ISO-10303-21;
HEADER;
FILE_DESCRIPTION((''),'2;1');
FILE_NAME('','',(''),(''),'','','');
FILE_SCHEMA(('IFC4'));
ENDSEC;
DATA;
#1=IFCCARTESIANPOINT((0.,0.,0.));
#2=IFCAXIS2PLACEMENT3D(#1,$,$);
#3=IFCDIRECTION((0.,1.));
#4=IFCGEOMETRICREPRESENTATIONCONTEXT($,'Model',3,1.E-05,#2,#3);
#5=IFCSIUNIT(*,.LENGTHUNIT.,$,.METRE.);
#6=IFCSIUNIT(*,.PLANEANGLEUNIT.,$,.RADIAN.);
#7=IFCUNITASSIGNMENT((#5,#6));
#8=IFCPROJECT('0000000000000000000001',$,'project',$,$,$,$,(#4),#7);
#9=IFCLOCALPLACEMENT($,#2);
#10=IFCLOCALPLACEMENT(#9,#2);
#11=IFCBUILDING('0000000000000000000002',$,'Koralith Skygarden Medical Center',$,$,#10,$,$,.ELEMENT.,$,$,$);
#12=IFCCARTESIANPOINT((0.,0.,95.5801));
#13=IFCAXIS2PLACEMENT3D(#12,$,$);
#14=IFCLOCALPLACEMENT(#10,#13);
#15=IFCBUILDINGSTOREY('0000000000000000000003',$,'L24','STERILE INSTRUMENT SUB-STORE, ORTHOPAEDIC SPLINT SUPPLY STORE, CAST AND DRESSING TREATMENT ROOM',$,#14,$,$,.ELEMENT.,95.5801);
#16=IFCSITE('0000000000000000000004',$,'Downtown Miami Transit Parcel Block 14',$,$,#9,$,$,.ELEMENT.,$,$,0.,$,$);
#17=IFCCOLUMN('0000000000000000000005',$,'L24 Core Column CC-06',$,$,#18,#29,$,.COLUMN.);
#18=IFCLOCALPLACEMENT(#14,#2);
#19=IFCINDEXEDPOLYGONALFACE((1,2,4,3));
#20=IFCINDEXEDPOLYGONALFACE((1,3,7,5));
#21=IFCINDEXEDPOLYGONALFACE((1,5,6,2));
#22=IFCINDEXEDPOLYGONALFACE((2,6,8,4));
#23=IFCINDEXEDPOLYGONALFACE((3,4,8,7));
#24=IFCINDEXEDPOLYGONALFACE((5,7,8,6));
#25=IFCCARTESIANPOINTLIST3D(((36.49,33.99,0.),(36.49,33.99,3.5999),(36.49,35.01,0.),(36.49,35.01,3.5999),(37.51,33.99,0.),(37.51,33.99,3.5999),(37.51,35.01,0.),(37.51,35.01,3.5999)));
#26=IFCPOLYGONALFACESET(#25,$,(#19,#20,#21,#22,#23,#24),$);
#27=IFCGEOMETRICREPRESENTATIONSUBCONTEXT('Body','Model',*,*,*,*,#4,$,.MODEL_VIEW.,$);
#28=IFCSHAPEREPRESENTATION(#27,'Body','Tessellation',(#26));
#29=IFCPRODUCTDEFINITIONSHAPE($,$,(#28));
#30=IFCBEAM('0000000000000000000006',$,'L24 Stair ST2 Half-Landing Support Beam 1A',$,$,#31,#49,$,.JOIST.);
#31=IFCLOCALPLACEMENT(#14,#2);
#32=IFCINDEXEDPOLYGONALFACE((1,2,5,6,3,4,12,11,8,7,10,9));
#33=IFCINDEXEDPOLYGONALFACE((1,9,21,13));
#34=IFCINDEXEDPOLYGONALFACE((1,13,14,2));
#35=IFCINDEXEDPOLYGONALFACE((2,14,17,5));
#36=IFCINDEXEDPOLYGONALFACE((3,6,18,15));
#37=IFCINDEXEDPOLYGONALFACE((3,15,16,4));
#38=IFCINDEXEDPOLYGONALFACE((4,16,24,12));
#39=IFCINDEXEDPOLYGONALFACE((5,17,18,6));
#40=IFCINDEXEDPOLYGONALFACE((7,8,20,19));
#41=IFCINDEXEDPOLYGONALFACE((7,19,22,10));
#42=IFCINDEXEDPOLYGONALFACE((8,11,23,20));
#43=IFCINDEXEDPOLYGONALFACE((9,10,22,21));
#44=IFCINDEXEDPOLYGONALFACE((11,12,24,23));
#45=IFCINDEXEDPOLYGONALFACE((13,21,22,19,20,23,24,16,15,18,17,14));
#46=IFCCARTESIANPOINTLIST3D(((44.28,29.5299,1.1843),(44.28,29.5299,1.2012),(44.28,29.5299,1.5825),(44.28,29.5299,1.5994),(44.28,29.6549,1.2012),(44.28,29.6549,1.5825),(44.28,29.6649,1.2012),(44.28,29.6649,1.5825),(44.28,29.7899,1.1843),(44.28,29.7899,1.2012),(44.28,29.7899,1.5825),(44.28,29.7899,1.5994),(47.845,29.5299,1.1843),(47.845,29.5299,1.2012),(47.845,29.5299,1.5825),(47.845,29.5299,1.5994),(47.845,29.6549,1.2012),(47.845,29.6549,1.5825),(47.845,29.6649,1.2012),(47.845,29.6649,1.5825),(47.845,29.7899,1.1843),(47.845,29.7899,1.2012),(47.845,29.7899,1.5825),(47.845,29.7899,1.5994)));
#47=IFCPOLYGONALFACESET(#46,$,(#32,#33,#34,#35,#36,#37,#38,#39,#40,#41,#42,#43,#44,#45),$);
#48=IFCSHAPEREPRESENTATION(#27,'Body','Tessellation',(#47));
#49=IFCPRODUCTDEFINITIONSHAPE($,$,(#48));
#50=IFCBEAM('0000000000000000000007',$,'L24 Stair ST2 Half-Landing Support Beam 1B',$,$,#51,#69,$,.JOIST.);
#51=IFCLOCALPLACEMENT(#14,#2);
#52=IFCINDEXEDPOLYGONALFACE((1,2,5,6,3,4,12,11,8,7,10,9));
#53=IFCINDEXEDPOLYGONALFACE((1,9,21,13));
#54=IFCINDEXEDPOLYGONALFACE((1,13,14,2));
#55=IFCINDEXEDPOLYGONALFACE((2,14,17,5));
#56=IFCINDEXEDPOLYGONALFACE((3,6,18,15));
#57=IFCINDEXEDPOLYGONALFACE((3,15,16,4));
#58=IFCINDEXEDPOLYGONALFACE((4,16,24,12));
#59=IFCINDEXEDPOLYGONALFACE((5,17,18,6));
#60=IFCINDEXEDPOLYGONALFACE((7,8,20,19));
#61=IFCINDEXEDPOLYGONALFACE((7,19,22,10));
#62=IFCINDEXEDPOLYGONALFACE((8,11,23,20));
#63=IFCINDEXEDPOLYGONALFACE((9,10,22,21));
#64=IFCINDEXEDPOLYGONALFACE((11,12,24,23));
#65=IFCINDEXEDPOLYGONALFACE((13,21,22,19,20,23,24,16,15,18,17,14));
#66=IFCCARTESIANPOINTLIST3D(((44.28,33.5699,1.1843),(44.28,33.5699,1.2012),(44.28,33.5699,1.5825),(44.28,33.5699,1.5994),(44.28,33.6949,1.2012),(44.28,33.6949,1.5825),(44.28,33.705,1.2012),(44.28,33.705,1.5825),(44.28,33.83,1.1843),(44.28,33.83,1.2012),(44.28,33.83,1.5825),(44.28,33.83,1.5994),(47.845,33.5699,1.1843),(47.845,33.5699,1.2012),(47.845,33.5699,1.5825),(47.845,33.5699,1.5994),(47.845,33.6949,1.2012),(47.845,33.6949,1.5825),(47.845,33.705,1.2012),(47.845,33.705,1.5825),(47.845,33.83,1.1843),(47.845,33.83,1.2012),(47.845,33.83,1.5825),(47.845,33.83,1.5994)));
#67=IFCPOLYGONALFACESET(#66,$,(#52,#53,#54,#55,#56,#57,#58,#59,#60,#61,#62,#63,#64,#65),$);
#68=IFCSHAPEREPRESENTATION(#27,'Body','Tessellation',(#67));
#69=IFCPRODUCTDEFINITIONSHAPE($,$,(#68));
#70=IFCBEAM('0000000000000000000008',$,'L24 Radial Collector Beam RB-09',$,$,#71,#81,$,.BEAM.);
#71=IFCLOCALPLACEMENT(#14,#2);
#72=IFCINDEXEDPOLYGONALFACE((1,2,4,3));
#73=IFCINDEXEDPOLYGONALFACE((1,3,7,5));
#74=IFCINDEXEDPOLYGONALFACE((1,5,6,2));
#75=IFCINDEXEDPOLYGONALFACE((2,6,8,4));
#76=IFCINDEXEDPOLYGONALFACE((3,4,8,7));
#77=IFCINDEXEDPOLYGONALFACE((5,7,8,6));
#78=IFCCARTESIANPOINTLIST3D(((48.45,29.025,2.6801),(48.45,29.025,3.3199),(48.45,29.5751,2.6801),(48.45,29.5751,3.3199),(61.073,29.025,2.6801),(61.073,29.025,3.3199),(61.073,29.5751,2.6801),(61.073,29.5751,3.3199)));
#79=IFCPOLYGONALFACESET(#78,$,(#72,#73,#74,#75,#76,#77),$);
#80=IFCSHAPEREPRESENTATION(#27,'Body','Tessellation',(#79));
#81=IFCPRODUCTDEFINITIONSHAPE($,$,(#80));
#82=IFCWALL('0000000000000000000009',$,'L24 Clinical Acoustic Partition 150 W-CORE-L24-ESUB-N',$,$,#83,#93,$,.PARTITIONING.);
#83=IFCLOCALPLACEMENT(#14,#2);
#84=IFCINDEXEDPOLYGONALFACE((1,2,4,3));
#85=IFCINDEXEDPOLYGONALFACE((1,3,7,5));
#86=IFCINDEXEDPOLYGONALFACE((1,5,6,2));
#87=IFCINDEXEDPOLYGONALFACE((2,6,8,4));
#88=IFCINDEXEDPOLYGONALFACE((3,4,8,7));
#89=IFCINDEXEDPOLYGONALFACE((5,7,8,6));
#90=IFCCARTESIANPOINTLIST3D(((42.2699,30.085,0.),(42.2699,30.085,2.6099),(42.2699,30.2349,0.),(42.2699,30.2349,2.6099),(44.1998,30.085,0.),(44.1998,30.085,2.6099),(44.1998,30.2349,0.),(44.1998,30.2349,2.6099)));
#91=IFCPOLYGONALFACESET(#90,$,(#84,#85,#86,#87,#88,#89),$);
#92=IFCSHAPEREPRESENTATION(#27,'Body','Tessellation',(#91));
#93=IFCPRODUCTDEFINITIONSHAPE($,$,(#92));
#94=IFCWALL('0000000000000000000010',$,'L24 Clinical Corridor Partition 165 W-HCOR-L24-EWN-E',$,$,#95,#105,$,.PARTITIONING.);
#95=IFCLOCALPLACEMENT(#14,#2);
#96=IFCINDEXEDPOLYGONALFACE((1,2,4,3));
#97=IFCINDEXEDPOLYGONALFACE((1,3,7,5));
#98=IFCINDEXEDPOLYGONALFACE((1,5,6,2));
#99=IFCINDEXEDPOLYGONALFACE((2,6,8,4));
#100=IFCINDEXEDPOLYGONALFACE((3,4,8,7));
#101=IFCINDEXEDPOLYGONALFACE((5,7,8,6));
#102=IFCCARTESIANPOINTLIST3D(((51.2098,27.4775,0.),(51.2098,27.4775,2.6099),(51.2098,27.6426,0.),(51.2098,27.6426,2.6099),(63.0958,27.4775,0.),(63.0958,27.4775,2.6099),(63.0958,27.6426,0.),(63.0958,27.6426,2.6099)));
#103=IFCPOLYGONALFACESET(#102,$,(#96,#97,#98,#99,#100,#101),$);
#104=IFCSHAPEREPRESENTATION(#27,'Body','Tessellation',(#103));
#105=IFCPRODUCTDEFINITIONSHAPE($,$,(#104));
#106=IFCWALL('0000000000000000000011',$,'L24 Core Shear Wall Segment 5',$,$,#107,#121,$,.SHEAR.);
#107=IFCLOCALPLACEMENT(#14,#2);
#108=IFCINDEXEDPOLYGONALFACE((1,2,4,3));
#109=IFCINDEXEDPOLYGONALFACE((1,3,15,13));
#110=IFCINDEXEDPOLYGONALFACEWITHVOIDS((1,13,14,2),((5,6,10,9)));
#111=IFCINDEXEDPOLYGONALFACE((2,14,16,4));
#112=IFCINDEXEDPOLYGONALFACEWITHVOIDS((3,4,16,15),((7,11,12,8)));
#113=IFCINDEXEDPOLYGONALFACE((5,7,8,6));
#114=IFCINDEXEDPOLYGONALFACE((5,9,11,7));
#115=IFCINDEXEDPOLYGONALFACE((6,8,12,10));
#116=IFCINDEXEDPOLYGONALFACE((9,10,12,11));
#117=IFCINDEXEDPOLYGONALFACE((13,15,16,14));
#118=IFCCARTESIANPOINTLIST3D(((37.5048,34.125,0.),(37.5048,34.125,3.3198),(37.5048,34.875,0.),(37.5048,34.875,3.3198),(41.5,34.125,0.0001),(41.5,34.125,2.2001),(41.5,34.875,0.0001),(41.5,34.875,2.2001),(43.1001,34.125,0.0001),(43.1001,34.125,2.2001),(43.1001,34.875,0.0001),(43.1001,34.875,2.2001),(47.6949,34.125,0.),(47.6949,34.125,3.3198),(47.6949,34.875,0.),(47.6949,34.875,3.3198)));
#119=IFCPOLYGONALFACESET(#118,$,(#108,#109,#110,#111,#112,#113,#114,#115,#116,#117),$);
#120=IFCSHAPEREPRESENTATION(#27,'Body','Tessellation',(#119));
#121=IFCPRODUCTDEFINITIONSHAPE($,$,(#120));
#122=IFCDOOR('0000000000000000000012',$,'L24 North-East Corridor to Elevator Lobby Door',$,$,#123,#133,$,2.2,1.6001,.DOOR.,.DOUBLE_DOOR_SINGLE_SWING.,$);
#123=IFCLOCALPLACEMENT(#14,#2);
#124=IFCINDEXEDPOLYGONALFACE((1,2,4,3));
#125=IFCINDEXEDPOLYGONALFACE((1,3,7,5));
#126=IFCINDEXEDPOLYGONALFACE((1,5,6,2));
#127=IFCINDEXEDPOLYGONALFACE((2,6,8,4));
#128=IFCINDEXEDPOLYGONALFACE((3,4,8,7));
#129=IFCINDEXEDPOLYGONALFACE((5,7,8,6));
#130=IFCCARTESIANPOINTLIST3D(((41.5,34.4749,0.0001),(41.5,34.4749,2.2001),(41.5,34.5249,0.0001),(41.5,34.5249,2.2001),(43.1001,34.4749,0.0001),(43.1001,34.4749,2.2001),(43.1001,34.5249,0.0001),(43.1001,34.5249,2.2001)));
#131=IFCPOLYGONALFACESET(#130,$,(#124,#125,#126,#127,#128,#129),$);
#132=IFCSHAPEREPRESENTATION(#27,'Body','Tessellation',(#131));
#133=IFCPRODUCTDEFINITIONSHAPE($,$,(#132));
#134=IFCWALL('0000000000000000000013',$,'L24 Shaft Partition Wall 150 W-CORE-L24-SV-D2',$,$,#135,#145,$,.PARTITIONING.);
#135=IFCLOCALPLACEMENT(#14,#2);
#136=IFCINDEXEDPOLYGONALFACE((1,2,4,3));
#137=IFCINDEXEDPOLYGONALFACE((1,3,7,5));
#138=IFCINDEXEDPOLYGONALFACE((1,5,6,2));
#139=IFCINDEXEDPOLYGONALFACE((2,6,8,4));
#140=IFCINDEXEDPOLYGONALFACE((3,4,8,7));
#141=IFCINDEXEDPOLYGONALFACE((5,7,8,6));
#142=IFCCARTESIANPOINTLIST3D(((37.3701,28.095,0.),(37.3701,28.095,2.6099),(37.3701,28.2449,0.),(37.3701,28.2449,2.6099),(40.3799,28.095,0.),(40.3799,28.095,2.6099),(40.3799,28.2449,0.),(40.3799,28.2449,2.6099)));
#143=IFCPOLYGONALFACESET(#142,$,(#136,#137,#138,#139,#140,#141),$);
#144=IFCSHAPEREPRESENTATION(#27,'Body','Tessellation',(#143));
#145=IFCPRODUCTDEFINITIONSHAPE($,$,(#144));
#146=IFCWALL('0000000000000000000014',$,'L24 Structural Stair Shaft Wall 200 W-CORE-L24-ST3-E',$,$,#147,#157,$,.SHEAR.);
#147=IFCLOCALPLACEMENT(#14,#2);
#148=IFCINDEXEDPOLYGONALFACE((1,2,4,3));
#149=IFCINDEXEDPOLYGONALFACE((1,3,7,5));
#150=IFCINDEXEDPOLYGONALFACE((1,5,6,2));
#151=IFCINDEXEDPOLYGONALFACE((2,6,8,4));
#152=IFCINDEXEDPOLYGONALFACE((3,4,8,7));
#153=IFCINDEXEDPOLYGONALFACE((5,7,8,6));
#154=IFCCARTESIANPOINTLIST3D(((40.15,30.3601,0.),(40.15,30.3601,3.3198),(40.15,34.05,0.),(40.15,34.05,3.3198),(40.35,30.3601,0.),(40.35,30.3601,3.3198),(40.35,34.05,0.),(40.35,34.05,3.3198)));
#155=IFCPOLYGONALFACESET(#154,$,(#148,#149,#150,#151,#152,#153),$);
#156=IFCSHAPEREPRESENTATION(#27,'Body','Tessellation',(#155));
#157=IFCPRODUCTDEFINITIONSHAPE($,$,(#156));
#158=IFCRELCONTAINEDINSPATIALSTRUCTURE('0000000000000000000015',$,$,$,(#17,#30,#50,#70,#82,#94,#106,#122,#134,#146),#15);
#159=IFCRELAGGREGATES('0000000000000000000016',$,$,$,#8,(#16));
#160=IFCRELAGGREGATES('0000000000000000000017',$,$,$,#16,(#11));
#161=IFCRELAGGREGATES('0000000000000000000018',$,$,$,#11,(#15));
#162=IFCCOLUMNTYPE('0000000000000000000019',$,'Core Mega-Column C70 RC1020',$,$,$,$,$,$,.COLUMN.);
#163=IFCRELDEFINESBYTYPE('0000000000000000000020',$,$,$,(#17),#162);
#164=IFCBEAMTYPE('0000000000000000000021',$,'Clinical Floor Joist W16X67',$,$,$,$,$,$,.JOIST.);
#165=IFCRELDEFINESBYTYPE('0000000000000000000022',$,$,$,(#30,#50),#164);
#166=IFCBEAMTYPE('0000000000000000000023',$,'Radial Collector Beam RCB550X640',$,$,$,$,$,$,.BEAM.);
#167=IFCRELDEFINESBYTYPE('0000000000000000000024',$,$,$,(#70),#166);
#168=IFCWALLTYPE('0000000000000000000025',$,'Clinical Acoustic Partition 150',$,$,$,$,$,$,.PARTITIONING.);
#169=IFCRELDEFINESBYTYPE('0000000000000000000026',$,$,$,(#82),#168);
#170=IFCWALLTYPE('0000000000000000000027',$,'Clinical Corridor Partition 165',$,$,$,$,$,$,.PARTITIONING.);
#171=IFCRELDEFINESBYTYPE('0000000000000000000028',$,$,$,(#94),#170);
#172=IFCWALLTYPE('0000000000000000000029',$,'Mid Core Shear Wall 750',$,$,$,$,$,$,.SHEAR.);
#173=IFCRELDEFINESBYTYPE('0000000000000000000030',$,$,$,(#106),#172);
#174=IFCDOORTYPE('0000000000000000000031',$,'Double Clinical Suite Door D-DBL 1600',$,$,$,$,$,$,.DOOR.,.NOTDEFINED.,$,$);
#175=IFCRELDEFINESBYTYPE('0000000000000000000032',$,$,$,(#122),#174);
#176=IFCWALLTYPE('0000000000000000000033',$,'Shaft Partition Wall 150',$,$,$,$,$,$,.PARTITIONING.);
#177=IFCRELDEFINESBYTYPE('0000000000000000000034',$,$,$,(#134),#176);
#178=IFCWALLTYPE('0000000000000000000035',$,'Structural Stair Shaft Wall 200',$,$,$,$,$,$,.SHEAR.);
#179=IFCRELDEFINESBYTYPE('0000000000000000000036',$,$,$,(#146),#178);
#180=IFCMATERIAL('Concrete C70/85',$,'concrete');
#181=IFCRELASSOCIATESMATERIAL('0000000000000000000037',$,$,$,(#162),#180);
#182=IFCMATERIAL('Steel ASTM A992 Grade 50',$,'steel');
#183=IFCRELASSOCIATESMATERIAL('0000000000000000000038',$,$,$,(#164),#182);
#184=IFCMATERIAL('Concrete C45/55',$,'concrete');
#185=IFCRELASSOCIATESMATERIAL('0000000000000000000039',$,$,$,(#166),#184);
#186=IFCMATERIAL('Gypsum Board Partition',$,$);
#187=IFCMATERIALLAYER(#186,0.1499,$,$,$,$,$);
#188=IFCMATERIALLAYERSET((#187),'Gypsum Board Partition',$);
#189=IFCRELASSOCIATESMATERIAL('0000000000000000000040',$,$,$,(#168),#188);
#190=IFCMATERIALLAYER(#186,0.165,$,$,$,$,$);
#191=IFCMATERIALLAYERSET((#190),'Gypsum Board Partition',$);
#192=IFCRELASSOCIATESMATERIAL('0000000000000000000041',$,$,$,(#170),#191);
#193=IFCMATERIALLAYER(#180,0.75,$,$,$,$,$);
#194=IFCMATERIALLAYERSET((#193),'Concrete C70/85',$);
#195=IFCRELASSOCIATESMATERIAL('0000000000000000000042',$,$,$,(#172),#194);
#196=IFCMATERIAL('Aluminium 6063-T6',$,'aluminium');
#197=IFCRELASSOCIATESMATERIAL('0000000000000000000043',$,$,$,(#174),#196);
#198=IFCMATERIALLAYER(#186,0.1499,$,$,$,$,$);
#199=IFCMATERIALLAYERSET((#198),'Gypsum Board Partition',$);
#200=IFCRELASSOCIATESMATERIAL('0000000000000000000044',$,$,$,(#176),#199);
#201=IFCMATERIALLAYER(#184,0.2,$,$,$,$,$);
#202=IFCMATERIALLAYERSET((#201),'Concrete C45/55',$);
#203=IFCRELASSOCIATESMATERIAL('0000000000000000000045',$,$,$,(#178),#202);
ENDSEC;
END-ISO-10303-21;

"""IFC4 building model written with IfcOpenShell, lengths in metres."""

from ifc_helpers import new_model, si_unit, direction, frame, frame_2d, origin, origin_2d, place, context, subcontext, project, spatial, rectangle, i_section, extrude, material, layer, layer_set, material_profile, profile_set, type_object, element, fill, save


model = new_model("IFC4")

# Units and contexts
model_context = context("Model", 3, precision=1e-05, world=origin(), true_north=direction((0.0, 1.0)))
body_context = subcontext(model_context, "Body", "Model", "MODEL_VIEW")
ifc_project = project(units=[si_unit("LENGTHUNIT", "METRE"), si_unit("PLANEANGLEUNIT", "RADIAN")], contexts=[model_context])

# Site, building, storey
site_placement = place(None, origin())
site = spatial("IfcSite", under=ifc_project, at=site_placement, Name="Downtown Miami Transit Parcel Block 14", CompositionType="ELEMENT", RefElevation=0.0)
building_placement = place(site_placement, origin())
building = spatial("IfcBuilding", under=site, at=building_placement, Name="Koralith Skygarden Medical Center", CompositionType="ELEMENT")
storey_placement = place(building_placement, frame((0.0, 0.0, 95.5801)))
storey = spatial("IfcBuildingStorey", under=building, at=storey_placement, Name="L24", Description="STERILE INSTRUMENT SUB-STORE, ORTHOPAEDIC SPLINT SUPPLY STORE, CAST AND DRESSING TREATMENT ROOM", CompositionType="ELEMENT", Elevation=95.5801)

# Column
ifc_material_1 = material(Name="Concrete C70/85", Category="concrete")
ifc_material_profile_1 = material_profile(ifc_material_1, rectangle(XDim=1.02, YDim=1.02, at=origin_2d()), Name="RC1020X1020")
ifc_profile_set_1 = profile_set([ifc_material_profile_1], Name="Concrete C70/85")
column_type = type_object("IfcColumnType", Name="Core Mega-Column C70 RC1020", PredefinedType="COLUMN", material=ifc_profile_set_1)
column_placement = place(storey_placement, frame((37.0, 34.5, 0.0), z_axis=(0.0, 0.0, 1.0), x_axis=(1.0, 0.0, 0.0)))
element("IfcColumn", 1, at=column_placement, inside=storey, type_object=column_type, Name="L24 Core Column CC-06", PredefinedType="COLUMN", context=body_context, shape_type="SweptSolid", body=[
    extrude(rectangle(XDim=1.02, YDim=1.02, at=origin_2d()), origin(), (0.0, 0.0, 1.0), 3.5999),
])

# Beams
ifc_material_2 = material(Name="Steel ASTM A992 Grade 50", Category="steel")
ifc_material_profile_2 = material_profile(ifc_material_2, i_section(OverallWidth=0.26, OverallDepth=0.415, WebThickness=0.01, FlangeThickness=0.0168, at=origin_2d()), Name="W16X67")
ifc_profile_set_2 = profile_set([ifc_material_profile_2], Name="Steel ASTM A992 Grade 50")
beam_type_1 = type_object("IfcBeamType", Name="Clinical Floor Joist W16X67", PredefinedType="JOIST", material=ifc_profile_set_2)
for number, where, z_axis, x_axis, name in (
    (2, (44.28, 29.6599, 1.3918), (1.0, 0.0, 0.0), (0.0, 1.0, 0.0), "L24 Stair ST2 Half-Landing Support Beam 1A"),
    (3, (44.28, 33.7, 1.3918), (1.0, 0.0, 0.0), (0.0, 1.0, 0.0), "L24 Stair ST2 Half-Landing Support Beam 1B"),
):
    element("IfcBeam", number, at=place(storey_placement, frame(where, z_axis=z_axis, x_axis=x_axis)), inside=storey, type_object=beam_type_1, Name=name, PredefinedType="JOIST", context=body_context, shape_type="SweptSolid", body=[
        extrude(i_section(OverallWidth=0.26, OverallDepth=0.415, WebThickness=0.01, FlangeThickness=0.0168, at=origin_2d()), origin(), (0.0, 0.0, 1.0), 3.5649),
    ])
ifc_material_3 = material(Name="Concrete C45/55", Category="concrete")
ifc_material_profile_3 = material_profile(ifc_material_3, rectangle(XDim=0.55, YDim=0.6399, at=origin_2d()), Name="RCB550X640")
ifc_profile_set_3 = profile_set([ifc_material_profile_3], Name="Concrete C45/55")
beam_type_2 = type_object("IfcBeamType", Name="Radial Collector Beam RCB550X640", PredefinedType="BEAM", material=ifc_profile_set_3)
beam_placement = place(storey_placement, frame((48.45, 29.3, 3.0), z_axis=(1.0, 0.0, 0.0), x_axis=(0.0, 1.0, 0.0)))
element("IfcBeam", 4, at=beam_placement, inside=storey, type_object=beam_type_2, Name="L24 Radial Collector Beam RB-09", PredefinedType="BEAM", context=body_context, shape_type="SweptSolid", body=[
    extrude(rectangle(XDim=0.55, YDim=0.6399, at=origin_2d()), origin(), (0.0, 0.0, 1.0), 12.623),
])

# Walls
ifc_material_4 = material(Name="Gypsum Board Partition")
ifc_layer_1 = layer(ifc_material_4, 0.1499)
ifc_layer_set_1 = layer_set([ifc_layer_1], Name="Gypsum Board Partition")
wall_type_1 = type_object("IfcWallType", Name="Clinical Acoustic Partition 150", PredefinedType="PARTITIONING", material=ifc_layer_set_1)
wall_1_placement = place(storey_placement, frame((42.27, 30.1599, 0.0), z_axis=(0.0, 0.0, 1.0), x_axis=(1.0, 0.0, 0.0)))
element("IfcWall", 5, at=wall_1_placement, inside=storey, type_object=wall_type_1, Name="L24 Clinical Acoustic Partition 150 W-CORE-L24-ESUB-N", PredefinedType="PARTITIONING", context=body_context, shape_type="SweptSolid", body=[
    extrude(rectangle(XDim=1.9299, YDim=0.1499, at=frame_2d((0.9648, 0.0))), origin(), (0.0, 0.0, 1.0), 2.6099),
])
ifc_layer_2 = layer(ifc_material_4, 0.165)
ifc_layer_set_2 = layer_set([ifc_layer_2], Name="Gypsum Board Partition")
wall_type_2 = type_object("IfcWallType", Name="Clinical Corridor Partition 165", PredefinedType="PARTITIONING", material=ifc_layer_set_2)
wall_2_placement = place(storey_placement, frame((51.21, 27.5601, 0.0), z_axis=(0.0, 0.0, 1.0), x_axis=(1.0, 0.0, 0.0)))
element("IfcWall", 6, at=wall_2_placement, inside=storey, type_object=wall_type_2, Name="L24 Clinical Corridor Partition 165 W-HCOR-L24-EWN-E", PredefinedType="PARTITIONING", context=body_context, shape_type="SweptSolid", body=[
    extrude(rectangle(XDim=11.886, YDim=0.165, at=frame_2d((5.9429, 0.0))), origin(), (0.0, 0.0, 1.0), 2.6099),
])

# Wall, opening, door
ifc_layer_3 = layer(ifc_material_1, 0.75)
ifc_layer_set_3 = layer_set([ifc_layer_3], Name="Concrete C70/85")
wall_type_3 = type_object("IfcWallType", Name="Mid Core Shear Wall 750", PredefinedType="SHEAR", material=ifc_layer_set_3)
wall_3_placement = place(storey_placement, frame((47.6951, 34.5, 0.0), z_axis=(0.0, 0.0, 1.0), x_axis=(-1.0, 0.0, 0.0)))
wall_3 = element("IfcWall", 7, at=wall_3_placement, inside=storey, type_object=wall_type_3, Name="L24 Core Shear Wall Segment 5", PredefinedType="SHEAR", context=body_context, shape_type="SweptSolid", body=[
    extrude(rectangle(XDim=10.1902, YDim=0.75, at=frame_2d((5.0952, 0.0))), origin(), (0.0, 0.0, 1.0), 3.3198),
])
opening_1_placement = place(wall_3_placement, frame((4.595, 0.0, 0.0)))
opening_1 = element("IfcOpeningElement", 8, at=opening_1_placement, cuts=wall_3, PredefinedType="OPENING", context=body_context, shape_type="SweptSolid", body=[
    extrude(rectangle(XDim=1.6001, YDim=2.2, at=frame_2d((0.8, 1.1001))), frame((0.0, 0.385, 0.0), z_axis=(0.0, -1.0, 0.0), x_axis=(1.0, 0.0, 0.0)), (0.0, 0.0, 1.0), 0.77),
])
ifc_material_5 = material(Name="Aluminium 6063-T6", Category="aluminium")
door_type_1 = type_object("IfcDoorType", Name="Double Clinical Suite Door D-DBL 1600", OperationType="NOTDEFINED", PredefinedType="DOOR", material=ifc_material_5)
door_1_placement = place(opening_1_placement, frame((1.6001, 0.0, 0.0), z_axis=(0.0, 0.0, 1.0), x_axis=(-1.0, 0.0, 0.0)))
door_1 = element("IfcDoor", 9, at=door_1_placement, inside=storey, type_object=door_type_1, Name="L24 North-East Corridor to Elevator Lobby Door", OperationType="DOUBLE_DOOR_SINGLE_SWING", OverallHeight=2.2, OverallWidth=1.6001, PredefinedType="DOOR", context=body_context, shape_type="SweptSolid", body=[
    extrude(rectangle(XDim=1.6001, YDim=2.2, at=frame_2d((0.8, 1.1001))), frame((0.0, 0.0249, 0.0), z_axis=(0.0, -1.0, 0.0), x_axis=(1.0, 0.0, 0.0)), (0.0, 0.0, 1.0), 0.05),
])
fill(opening_1, door_1)

# Walls
ifc_layer_4 = layer(ifc_material_4, 0.1499)
ifc_layer_set_4 = layer_set([ifc_layer_4], Name="Gypsum Board Partition")
wall_type_4 = type_object("IfcWallType", Name="Shaft Partition Wall 150", PredefinedType="PARTITIONING", material=ifc_layer_set_4)
wall_4_placement = place(storey_placement, frame((37.3701, 28.1699, 0.0), z_axis=(0.0, 0.0, 1.0), x_axis=(1.0, 0.0, 0.0)))
element("IfcWall", 10, at=wall_4_placement, inside=storey, type_object=wall_type_4, Name="L24 Shaft Partition Wall 150 W-CORE-L24-SV-D2", PredefinedType="PARTITIONING", context=body_context, shape_type="SweptSolid", body=[
    extrude(rectangle(XDim=3.0098, YDim=0.1499, at=frame_2d((1.5049, 0.0))), origin(), (0.0, 0.0, 1.0), 2.6099),
])
ifc_layer_5 = layer(ifc_material_3, 0.2)
ifc_layer_set_5 = layer_set([ifc_layer_5], Name="Concrete C45/55")
wall_type_5 = type_object("IfcWallType", Name="Structural Stair Shaft Wall 200", PredefinedType="SHEAR", material=ifc_layer_set_5)
wall_5_placement = place(storey_placement, frame((40.25, 30.3601, 0.0), z_axis=(0.0, 0.0, 1.0), x_axis=(0.0, 1.0, 0.0)))
element("IfcWall", 11, at=wall_5_placement, inside=storey, type_object=wall_type_5, Name="L24 Structural Stair Shaft Wall 200 W-CORE-L24-ST3-E", PredefinedType="SHEAR", context=body_context, shape_type="SweptSolid", body=[
    extrude(rectangle(XDim=3.6899, YDim=0.2, at=frame_2d((1.845, 0.0))), origin(), (0.0, 0.0, 1.0), 3.3198),
])

save(model, "model.ifc")
